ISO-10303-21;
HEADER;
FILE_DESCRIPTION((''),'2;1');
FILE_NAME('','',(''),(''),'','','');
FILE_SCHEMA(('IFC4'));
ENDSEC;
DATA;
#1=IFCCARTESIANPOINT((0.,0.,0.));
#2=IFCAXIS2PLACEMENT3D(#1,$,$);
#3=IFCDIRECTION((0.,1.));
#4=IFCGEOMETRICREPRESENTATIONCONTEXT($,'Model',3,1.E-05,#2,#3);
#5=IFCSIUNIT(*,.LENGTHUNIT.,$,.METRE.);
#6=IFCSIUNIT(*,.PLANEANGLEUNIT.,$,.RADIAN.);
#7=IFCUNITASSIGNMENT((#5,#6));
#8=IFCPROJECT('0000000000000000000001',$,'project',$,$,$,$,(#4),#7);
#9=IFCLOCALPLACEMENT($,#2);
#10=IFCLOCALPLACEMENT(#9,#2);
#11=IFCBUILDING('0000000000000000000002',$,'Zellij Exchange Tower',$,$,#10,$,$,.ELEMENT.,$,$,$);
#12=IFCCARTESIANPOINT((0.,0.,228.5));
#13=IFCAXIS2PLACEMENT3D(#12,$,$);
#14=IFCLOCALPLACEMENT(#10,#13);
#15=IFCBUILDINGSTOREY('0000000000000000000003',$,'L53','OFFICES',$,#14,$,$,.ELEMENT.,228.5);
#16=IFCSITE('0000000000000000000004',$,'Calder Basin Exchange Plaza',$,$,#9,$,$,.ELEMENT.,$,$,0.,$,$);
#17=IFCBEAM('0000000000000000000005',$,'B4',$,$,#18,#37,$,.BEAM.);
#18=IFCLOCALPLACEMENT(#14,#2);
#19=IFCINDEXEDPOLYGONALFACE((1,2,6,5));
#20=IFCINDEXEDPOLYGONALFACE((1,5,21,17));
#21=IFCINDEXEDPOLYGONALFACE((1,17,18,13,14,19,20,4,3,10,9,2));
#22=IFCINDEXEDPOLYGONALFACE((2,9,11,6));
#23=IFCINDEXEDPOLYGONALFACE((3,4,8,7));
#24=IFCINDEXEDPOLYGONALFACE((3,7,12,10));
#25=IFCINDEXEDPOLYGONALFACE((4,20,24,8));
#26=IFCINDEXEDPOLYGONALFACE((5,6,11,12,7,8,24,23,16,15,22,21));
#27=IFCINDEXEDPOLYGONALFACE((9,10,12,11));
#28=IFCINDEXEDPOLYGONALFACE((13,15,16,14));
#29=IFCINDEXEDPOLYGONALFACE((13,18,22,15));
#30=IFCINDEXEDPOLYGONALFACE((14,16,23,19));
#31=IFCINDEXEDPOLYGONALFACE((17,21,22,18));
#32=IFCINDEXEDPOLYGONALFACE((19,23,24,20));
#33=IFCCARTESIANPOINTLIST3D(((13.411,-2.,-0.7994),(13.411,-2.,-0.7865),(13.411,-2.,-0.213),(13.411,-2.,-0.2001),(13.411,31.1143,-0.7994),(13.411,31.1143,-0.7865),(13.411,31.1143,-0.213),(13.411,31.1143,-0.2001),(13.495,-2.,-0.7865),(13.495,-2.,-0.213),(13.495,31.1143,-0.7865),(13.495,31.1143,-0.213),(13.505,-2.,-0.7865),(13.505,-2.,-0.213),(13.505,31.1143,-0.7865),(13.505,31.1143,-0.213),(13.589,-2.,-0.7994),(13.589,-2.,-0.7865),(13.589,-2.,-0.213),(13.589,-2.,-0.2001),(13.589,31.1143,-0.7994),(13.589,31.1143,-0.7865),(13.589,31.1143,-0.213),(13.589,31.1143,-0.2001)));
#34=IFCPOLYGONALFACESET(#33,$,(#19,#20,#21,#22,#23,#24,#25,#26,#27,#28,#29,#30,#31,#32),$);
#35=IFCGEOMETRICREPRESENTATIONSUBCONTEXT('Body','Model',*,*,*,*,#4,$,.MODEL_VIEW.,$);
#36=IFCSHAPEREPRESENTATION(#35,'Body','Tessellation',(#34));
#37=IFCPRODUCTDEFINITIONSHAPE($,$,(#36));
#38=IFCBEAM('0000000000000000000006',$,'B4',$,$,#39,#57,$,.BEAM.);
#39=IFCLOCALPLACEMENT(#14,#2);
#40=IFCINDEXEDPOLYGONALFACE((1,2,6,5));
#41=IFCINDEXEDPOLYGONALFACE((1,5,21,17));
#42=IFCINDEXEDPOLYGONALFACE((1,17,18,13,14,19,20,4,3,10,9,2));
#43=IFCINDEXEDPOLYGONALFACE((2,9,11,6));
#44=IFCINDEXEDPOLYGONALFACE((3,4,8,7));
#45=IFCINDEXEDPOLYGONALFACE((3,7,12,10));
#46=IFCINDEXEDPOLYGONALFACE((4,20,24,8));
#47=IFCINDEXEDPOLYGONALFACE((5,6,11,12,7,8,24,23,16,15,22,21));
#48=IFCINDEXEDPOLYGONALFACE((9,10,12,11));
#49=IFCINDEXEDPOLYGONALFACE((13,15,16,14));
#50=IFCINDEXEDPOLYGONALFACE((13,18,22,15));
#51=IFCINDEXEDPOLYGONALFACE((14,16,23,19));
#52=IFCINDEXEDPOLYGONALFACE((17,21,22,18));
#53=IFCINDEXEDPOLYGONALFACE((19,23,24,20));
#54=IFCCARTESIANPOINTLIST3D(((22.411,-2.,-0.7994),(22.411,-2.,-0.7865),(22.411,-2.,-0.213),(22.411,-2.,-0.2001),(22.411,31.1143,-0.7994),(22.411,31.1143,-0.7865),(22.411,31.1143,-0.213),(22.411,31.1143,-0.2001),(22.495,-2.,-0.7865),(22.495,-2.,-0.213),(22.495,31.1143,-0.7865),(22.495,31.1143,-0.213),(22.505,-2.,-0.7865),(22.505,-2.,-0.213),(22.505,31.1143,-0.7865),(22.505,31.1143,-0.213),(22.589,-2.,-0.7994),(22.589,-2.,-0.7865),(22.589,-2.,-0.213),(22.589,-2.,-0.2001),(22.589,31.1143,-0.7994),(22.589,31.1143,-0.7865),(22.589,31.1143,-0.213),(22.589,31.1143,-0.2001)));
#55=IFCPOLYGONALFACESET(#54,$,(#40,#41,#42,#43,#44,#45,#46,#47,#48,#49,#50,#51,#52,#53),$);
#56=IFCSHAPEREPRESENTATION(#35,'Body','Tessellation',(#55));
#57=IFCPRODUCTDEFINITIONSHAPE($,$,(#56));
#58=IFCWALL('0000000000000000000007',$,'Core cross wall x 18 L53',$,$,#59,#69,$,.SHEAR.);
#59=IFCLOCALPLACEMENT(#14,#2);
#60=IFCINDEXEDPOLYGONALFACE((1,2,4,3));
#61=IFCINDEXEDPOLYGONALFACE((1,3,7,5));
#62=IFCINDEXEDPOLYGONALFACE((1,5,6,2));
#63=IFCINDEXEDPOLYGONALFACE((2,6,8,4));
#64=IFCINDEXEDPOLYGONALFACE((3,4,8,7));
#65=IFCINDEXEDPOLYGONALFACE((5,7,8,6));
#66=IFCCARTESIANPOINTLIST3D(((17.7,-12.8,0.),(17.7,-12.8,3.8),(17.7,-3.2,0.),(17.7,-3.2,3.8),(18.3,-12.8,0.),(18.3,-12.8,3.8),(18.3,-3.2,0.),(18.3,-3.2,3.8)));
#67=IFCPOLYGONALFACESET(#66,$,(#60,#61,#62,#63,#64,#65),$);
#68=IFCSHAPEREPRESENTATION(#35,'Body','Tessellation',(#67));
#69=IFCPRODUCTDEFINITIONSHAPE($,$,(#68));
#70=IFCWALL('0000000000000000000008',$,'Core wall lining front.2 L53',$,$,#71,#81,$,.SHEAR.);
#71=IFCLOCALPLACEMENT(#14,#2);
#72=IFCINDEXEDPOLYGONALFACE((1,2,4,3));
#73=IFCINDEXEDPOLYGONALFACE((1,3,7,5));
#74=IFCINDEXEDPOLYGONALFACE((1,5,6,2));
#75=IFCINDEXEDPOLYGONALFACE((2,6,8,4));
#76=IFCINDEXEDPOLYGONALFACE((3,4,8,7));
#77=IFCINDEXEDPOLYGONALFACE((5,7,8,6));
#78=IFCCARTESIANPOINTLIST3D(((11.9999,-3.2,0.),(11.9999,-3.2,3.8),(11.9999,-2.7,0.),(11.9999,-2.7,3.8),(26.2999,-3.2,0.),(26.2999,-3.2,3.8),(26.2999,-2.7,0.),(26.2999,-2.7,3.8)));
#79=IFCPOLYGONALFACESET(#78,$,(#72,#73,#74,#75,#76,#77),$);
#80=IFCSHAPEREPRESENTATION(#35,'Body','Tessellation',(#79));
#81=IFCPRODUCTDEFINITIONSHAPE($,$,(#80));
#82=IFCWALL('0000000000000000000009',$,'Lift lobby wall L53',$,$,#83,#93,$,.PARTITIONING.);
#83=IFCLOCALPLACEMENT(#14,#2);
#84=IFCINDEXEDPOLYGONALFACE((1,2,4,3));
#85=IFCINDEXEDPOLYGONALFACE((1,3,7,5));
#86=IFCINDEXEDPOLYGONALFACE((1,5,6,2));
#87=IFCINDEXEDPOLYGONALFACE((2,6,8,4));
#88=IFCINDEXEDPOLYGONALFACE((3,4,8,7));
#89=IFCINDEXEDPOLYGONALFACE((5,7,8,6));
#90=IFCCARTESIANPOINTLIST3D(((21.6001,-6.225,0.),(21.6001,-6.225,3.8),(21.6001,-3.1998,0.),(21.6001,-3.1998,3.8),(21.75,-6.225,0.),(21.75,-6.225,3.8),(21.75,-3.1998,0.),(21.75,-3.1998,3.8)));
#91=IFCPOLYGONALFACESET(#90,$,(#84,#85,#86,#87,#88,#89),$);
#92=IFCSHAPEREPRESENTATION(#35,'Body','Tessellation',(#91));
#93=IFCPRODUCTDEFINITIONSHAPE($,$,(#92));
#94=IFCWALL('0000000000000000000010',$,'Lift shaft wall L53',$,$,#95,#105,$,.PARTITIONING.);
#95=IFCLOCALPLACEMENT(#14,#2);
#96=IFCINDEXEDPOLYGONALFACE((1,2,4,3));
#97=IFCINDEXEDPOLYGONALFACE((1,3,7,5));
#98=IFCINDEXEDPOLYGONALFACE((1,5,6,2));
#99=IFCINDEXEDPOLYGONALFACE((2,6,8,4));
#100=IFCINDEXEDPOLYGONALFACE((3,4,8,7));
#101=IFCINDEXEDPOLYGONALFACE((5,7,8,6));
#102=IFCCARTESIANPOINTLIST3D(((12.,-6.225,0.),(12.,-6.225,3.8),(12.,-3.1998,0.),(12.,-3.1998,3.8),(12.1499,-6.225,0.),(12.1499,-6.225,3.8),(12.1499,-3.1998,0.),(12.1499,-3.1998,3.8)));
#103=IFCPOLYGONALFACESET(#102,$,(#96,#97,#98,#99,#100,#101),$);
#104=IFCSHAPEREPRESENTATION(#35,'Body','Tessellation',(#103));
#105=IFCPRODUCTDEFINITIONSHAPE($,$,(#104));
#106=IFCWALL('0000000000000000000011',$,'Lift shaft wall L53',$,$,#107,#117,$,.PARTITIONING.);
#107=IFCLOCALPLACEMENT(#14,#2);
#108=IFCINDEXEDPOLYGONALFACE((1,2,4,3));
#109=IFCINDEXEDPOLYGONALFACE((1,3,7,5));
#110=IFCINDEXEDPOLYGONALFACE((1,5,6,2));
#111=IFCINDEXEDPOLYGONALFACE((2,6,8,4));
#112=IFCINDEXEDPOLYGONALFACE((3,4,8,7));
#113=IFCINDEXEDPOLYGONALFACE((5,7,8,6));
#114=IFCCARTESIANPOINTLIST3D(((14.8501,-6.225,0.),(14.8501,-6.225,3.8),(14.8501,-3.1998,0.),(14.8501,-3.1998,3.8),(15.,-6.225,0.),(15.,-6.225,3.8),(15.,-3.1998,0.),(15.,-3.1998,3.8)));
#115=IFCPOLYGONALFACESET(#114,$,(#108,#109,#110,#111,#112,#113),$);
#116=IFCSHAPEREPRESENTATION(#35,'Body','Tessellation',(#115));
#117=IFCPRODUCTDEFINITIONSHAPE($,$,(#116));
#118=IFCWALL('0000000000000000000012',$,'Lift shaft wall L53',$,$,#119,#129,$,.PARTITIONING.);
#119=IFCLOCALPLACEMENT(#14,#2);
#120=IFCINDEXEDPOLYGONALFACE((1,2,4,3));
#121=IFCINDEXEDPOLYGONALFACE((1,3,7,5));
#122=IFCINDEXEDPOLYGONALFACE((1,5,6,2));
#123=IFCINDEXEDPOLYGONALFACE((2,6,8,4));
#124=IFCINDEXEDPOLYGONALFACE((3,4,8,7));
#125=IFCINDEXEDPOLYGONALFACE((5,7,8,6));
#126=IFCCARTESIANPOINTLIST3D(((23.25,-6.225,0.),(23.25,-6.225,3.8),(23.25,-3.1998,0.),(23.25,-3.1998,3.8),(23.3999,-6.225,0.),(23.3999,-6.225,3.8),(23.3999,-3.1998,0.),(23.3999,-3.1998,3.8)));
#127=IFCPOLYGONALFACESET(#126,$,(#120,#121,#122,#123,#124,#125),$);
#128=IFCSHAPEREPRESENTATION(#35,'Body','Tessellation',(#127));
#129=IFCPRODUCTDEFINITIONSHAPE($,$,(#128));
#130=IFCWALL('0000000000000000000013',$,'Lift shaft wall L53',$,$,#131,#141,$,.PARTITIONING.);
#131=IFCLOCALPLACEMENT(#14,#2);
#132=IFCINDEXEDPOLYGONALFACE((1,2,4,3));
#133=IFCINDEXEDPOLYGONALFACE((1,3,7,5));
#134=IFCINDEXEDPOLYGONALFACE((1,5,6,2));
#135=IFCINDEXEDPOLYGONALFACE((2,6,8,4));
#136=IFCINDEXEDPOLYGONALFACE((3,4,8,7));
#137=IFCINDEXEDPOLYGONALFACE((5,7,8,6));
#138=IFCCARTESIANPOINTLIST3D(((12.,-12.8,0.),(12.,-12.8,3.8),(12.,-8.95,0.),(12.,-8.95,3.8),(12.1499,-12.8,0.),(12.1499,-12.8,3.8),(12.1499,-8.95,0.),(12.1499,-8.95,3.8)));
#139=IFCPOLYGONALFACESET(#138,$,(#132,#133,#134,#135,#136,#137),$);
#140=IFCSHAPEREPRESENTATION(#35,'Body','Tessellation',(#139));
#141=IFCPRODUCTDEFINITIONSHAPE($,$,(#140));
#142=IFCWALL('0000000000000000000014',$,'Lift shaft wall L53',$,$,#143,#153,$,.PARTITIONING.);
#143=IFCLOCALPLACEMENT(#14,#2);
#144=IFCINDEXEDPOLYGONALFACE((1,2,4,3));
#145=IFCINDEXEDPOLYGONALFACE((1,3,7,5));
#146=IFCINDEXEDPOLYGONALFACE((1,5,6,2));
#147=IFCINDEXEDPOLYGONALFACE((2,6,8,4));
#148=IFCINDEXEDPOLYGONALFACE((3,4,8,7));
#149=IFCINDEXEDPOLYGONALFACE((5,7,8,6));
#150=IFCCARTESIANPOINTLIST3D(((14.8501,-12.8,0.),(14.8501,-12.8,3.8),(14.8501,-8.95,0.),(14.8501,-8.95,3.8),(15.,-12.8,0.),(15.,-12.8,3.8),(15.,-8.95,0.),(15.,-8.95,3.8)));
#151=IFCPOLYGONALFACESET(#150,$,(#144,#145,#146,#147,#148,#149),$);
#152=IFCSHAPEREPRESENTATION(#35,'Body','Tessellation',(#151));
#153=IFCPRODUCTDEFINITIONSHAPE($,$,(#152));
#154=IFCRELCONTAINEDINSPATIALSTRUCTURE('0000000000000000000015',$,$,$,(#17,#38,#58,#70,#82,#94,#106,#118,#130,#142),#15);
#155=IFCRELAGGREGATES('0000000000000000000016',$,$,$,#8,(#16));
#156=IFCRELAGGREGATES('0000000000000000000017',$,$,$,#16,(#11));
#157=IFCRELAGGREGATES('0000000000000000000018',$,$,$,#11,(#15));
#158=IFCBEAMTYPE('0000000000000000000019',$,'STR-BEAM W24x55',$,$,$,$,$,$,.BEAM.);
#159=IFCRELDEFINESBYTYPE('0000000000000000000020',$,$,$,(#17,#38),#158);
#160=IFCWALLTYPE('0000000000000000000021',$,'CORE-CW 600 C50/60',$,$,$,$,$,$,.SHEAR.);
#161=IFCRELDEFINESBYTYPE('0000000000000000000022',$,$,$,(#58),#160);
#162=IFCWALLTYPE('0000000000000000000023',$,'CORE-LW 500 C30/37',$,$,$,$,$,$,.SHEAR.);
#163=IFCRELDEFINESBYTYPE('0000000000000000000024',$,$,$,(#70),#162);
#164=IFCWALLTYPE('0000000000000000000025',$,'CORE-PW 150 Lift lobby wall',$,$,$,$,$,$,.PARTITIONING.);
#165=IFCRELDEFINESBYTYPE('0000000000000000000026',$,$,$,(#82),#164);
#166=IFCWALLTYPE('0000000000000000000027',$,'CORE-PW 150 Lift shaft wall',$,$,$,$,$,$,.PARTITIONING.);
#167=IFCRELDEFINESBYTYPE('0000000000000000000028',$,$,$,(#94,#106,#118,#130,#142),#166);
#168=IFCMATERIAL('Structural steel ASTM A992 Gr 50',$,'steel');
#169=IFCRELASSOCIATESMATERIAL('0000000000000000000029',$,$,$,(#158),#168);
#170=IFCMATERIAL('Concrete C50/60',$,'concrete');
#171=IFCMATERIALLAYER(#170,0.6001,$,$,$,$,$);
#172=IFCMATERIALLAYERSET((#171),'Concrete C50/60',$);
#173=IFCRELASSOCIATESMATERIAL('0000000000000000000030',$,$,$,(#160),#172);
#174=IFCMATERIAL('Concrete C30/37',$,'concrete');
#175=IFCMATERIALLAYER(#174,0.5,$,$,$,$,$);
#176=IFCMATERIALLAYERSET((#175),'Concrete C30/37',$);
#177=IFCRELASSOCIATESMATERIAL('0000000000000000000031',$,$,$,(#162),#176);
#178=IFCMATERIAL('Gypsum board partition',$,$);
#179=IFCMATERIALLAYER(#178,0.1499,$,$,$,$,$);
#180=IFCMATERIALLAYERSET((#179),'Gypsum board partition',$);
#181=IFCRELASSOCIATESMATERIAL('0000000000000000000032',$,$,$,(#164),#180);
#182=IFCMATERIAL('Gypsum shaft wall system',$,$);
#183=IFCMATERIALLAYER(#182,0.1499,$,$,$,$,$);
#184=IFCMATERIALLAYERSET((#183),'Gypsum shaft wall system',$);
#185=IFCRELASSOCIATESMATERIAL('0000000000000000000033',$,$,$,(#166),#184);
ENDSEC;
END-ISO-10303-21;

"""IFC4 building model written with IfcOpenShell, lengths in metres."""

from ifc_helpers import new_model, si_unit, direction, frame, frame_2d, origin, origin_2d, place, context, subcontext, project, spatial, rectangle, i_section, extrude, material, layer, layer_set, material_profile, profile_set, type_object, element, save


model = new_model("IFC4")

# Units and contexts
model_context = context("Model", 3, precision=1e-05, world=origin(), true_north=direction((0.0, 1.0)))
body_context = subcontext(model_context, "Body", "Model", "MODEL_VIEW")
ifc_project = project(units=[si_unit("LENGTHUNIT", "METRE"), si_unit("PLANEANGLEUNIT", "RADIAN")], contexts=[model_context])

# Site, building, storey
site_placement = place(None, origin())
site = spatial("IfcSite", under=ifc_project, at=site_placement, Name="Calder Basin Exchange Plaza", CompositionType="ELEMENT", RefElevation=0.0)
building_placement = place(site_placement, origin())
building = spatial("IfcBuilding", under=site, at=building_placement, Name="Zellij Exchange Tower", CompositionType="ELEMENT")
storey_placement = place(building_placement, frame((0.0, 0.0, 228.5)))
storey = spatial("IfcBuildingStorey", under=building, at=storey_placement, Name="L53", Description="OFFICES", CompositionType="ELEMENT", Elevation=228.5)

# Beams
ifc_material_1 = material(Name="Structural steel ASTM A992 Gr 50", Category="steel")
ifc_material_profile = material_profile(ifc_material_1, i_section(OverallWidth=0.178, OverallDepth=0.5994, WebThickness=0.01, FlangeThickness=0.0129, at=origin_2d()), Name="W24x55")
ifc_profile_set = profile_set([ifc_material_profile], Name="Structural steel ASTM A992 Gr 50")
beam_type = type_object("IfcBeamType", Name="STR-BEAM W24x55", PredefinedType="BEAM", material=ifc_profile_set)
for number, where, z_axis, x_axis, name in (
    (1, (13.5, -2.0, -0.4998), (0.0, 1.0, 0.0), (-1.0, 0.0, 0.0), "B4"),
    (2, (22.5, -2.0, -0.4998), (0.0, 1.0, 0.0), (-1.0, 0.0, 0.0), "B4"),
):
    element("IfcBeam", number, at=place(storey_placement, frame(where, z_axis=z_axis, x_axis=x_axis)), inside=storey, type_object=beam_type, Name=name, PredefinedType="BEAM", context=body_context, shape_type="SweptSolid", body=[
        extrude(i_section(OverallWidth=0.178, OverallDepth=0.5994, WebThickness=0.01, FlangeThickness=0.0129, at=origin_2d()), origin(), (0.0, 0.0, 1.0), 33.1143),
    ])

# Walls
ifc_material_2 = material(Name="Concrete C50/60", Category="concrete")
ifc_layer_1 = layer(ifc_material_2, 0.6001)
ifc_layer_set_1 = layer_set([ifc_layer_1], Name="Concrete C50/60")
wall_type_1 = type_object("IfcWallType", Name="CORE-CW 600 C50/60", PredefinedType="SHEAR", material=ifc_layer_set_1)
wall_1_placement = place(storey_placement, frame((18.0, -12.8, 0.0), z_axis=(0.0, 0.0, 1.0), x_axis=(0.0, 1.0, 0.0)))
element("IfcWall", 3, at=wall_1_placement, inside=storey, type_object=wall_type_1, Name="Core cross wall x 18 L53", PredefinedType="SHEAR", context=body_context, shape_type="SweptSolid", body=[
    extrude(rectangle(XDim=9.6001, YDim=0.6001, at=frame_2d((4.8, 0.0))), origin(), (0.0, 0.0, 1.0), 3.8),
])
ifc_material_3 = material(Name="Concrete C30/37", Category="concrete")
ifc_layer_2 = layer(ifc_material_3, 0.5)
ifc_layer_set_2 = layer_set([ifc_layer_2], Name="Concrete C30/37")
wall_type_2 = type_object("IfcWallType", Name="CORE-LW 500 C30/37", PredefinedType="SHEAR", material=ifc_layer_set_2)
wall_2_placement = place(storey_placement, frame((12.0, -2.95, 0.0), z_axis=(0.0, 0.0, 1.0), x_axis=(1.0, 0.0, 0.0)))
element("IfcWall", 4, at=wall_2_placement, inside=storey, type_object=wall_type_2, Name="Core wall lining front.2 L53", PredefinedType="SHEAR", context=body_context, shape_type="SweptSolid", body=[
    extrude(rectangle(XDim=14.3, YDim=0.5, at=frame_2d((7.1499, 0.0))), origin(), (0.0, 0.0, 1.0), 3.8),
])
ifc_material_4 = material(Name="Gypsum board partition")
ifc_layer_3 = layer(ifc_material_4, 0.1499)
ifc_layer_set_3 = layer_set([ifc_layer_3], Name="Gypsum board partition")
wall_type_3 = type_object("IfcWallType", Name="CORE-PW 150 Lift lobby wall", PredefinedType="PARTITIONING", material=ifc_layer_set_3)
wall_3_placement = place(storey_placement, frame((21.675, -6.2251, 0.0), z_axis=(0.0, 0.0, 1.0), x_axis=(0.0, 1.0, 0.0)))
element("IfcWall", 5, at=wall_3_placement, inside=storey, type_object=wall_type_3, Name="Lift lobby wall L53", PredefinedType="PARTITIONING", context=body_context, shape_type="SweptSolid", body=[
    extrude(rectangle(XDim=3.0251, YDim=0.1499, at=frame_2d((1.5127, 0.0))), origin(), (0.0, 0.0, 1.0), 3.8),
])
ifc_material_5 = material(Name="Gypsum shaft wall system")
ifc_layer_4 = layer(ifc_material_5, 0.1499)
ifc_layer_set_4 = layer_set([ifc_layer_4], Name="Gypsum shaft wall system")
wall_type_4 = type_object("IfcWallType", Name="CORE-PW 150 Lift shaft wall", PredefinedType="PARTITIONING", material=ifc_layer_set_4)
for number, where, z_axis, x_axis, name in (
    (6, (12.075, -6.2251, 0.0), (0.0, 0.0, 1.0), (0.0, 1.0, 0.0), "Lift shaft wall L53"),
    (7, (14.925, -6.2251, 0.0), (0.0, 0.0, 1.0), (0.0, 1.0, 0.0), "Lift shaft wall L53"),
    (8, (23.325, -6.2251, 0.0), (0.0, 0.0, 1.0), (0.0, 1.0, 0.0), "Lift shaft wall L53"),
):
    element("IfcWall", number, at=place(storey_placement, frame(where, z_axis=z_axis, x_axis=x_axis)), inside=storey, type_object=wall_type_4, Name=name, PredefinedType="PARTITIONING", context=body_context, shape_type="SweptSolid", body=[
        extrude(rectangle(XDim=3.0251, YDim=0.1499, at=frame_2d((1.5127, 0.0))), origin(), (0.0, 0.0, 1.0), 3.8),
    ])
for number, where, z_axis, x_axis, name in (
    (9, (12.075, -12.8, 0.0), (0.0, 0.0, 1.0), (0.0, 1.0, 0.0), "Lift shaft wall L53"),
    (10, (14.925, -12.8, 0.0), (0.0, 0.0, 1.0), (0.0, 1.0, 0.0), "Lift shaft wall L53"),
):
    element("IfcWall", number, at=place(storey_placement, frame(where, z_axis=z_axis, x_axis=x_axis)), inside=storey, type_object=wall_type_4, Name=name, PredefinedType="PARTITIONING", context=body_context, shape_type="SweptSolid", body=[
        extrude(rectangle(XDim=3.8501, YDim=0.1499, at=frame_2d((1.925, 0.0))), origin(), (0.0, 0.0, 1.0), 3.8),
    ])

save(model, "model.ifc")
